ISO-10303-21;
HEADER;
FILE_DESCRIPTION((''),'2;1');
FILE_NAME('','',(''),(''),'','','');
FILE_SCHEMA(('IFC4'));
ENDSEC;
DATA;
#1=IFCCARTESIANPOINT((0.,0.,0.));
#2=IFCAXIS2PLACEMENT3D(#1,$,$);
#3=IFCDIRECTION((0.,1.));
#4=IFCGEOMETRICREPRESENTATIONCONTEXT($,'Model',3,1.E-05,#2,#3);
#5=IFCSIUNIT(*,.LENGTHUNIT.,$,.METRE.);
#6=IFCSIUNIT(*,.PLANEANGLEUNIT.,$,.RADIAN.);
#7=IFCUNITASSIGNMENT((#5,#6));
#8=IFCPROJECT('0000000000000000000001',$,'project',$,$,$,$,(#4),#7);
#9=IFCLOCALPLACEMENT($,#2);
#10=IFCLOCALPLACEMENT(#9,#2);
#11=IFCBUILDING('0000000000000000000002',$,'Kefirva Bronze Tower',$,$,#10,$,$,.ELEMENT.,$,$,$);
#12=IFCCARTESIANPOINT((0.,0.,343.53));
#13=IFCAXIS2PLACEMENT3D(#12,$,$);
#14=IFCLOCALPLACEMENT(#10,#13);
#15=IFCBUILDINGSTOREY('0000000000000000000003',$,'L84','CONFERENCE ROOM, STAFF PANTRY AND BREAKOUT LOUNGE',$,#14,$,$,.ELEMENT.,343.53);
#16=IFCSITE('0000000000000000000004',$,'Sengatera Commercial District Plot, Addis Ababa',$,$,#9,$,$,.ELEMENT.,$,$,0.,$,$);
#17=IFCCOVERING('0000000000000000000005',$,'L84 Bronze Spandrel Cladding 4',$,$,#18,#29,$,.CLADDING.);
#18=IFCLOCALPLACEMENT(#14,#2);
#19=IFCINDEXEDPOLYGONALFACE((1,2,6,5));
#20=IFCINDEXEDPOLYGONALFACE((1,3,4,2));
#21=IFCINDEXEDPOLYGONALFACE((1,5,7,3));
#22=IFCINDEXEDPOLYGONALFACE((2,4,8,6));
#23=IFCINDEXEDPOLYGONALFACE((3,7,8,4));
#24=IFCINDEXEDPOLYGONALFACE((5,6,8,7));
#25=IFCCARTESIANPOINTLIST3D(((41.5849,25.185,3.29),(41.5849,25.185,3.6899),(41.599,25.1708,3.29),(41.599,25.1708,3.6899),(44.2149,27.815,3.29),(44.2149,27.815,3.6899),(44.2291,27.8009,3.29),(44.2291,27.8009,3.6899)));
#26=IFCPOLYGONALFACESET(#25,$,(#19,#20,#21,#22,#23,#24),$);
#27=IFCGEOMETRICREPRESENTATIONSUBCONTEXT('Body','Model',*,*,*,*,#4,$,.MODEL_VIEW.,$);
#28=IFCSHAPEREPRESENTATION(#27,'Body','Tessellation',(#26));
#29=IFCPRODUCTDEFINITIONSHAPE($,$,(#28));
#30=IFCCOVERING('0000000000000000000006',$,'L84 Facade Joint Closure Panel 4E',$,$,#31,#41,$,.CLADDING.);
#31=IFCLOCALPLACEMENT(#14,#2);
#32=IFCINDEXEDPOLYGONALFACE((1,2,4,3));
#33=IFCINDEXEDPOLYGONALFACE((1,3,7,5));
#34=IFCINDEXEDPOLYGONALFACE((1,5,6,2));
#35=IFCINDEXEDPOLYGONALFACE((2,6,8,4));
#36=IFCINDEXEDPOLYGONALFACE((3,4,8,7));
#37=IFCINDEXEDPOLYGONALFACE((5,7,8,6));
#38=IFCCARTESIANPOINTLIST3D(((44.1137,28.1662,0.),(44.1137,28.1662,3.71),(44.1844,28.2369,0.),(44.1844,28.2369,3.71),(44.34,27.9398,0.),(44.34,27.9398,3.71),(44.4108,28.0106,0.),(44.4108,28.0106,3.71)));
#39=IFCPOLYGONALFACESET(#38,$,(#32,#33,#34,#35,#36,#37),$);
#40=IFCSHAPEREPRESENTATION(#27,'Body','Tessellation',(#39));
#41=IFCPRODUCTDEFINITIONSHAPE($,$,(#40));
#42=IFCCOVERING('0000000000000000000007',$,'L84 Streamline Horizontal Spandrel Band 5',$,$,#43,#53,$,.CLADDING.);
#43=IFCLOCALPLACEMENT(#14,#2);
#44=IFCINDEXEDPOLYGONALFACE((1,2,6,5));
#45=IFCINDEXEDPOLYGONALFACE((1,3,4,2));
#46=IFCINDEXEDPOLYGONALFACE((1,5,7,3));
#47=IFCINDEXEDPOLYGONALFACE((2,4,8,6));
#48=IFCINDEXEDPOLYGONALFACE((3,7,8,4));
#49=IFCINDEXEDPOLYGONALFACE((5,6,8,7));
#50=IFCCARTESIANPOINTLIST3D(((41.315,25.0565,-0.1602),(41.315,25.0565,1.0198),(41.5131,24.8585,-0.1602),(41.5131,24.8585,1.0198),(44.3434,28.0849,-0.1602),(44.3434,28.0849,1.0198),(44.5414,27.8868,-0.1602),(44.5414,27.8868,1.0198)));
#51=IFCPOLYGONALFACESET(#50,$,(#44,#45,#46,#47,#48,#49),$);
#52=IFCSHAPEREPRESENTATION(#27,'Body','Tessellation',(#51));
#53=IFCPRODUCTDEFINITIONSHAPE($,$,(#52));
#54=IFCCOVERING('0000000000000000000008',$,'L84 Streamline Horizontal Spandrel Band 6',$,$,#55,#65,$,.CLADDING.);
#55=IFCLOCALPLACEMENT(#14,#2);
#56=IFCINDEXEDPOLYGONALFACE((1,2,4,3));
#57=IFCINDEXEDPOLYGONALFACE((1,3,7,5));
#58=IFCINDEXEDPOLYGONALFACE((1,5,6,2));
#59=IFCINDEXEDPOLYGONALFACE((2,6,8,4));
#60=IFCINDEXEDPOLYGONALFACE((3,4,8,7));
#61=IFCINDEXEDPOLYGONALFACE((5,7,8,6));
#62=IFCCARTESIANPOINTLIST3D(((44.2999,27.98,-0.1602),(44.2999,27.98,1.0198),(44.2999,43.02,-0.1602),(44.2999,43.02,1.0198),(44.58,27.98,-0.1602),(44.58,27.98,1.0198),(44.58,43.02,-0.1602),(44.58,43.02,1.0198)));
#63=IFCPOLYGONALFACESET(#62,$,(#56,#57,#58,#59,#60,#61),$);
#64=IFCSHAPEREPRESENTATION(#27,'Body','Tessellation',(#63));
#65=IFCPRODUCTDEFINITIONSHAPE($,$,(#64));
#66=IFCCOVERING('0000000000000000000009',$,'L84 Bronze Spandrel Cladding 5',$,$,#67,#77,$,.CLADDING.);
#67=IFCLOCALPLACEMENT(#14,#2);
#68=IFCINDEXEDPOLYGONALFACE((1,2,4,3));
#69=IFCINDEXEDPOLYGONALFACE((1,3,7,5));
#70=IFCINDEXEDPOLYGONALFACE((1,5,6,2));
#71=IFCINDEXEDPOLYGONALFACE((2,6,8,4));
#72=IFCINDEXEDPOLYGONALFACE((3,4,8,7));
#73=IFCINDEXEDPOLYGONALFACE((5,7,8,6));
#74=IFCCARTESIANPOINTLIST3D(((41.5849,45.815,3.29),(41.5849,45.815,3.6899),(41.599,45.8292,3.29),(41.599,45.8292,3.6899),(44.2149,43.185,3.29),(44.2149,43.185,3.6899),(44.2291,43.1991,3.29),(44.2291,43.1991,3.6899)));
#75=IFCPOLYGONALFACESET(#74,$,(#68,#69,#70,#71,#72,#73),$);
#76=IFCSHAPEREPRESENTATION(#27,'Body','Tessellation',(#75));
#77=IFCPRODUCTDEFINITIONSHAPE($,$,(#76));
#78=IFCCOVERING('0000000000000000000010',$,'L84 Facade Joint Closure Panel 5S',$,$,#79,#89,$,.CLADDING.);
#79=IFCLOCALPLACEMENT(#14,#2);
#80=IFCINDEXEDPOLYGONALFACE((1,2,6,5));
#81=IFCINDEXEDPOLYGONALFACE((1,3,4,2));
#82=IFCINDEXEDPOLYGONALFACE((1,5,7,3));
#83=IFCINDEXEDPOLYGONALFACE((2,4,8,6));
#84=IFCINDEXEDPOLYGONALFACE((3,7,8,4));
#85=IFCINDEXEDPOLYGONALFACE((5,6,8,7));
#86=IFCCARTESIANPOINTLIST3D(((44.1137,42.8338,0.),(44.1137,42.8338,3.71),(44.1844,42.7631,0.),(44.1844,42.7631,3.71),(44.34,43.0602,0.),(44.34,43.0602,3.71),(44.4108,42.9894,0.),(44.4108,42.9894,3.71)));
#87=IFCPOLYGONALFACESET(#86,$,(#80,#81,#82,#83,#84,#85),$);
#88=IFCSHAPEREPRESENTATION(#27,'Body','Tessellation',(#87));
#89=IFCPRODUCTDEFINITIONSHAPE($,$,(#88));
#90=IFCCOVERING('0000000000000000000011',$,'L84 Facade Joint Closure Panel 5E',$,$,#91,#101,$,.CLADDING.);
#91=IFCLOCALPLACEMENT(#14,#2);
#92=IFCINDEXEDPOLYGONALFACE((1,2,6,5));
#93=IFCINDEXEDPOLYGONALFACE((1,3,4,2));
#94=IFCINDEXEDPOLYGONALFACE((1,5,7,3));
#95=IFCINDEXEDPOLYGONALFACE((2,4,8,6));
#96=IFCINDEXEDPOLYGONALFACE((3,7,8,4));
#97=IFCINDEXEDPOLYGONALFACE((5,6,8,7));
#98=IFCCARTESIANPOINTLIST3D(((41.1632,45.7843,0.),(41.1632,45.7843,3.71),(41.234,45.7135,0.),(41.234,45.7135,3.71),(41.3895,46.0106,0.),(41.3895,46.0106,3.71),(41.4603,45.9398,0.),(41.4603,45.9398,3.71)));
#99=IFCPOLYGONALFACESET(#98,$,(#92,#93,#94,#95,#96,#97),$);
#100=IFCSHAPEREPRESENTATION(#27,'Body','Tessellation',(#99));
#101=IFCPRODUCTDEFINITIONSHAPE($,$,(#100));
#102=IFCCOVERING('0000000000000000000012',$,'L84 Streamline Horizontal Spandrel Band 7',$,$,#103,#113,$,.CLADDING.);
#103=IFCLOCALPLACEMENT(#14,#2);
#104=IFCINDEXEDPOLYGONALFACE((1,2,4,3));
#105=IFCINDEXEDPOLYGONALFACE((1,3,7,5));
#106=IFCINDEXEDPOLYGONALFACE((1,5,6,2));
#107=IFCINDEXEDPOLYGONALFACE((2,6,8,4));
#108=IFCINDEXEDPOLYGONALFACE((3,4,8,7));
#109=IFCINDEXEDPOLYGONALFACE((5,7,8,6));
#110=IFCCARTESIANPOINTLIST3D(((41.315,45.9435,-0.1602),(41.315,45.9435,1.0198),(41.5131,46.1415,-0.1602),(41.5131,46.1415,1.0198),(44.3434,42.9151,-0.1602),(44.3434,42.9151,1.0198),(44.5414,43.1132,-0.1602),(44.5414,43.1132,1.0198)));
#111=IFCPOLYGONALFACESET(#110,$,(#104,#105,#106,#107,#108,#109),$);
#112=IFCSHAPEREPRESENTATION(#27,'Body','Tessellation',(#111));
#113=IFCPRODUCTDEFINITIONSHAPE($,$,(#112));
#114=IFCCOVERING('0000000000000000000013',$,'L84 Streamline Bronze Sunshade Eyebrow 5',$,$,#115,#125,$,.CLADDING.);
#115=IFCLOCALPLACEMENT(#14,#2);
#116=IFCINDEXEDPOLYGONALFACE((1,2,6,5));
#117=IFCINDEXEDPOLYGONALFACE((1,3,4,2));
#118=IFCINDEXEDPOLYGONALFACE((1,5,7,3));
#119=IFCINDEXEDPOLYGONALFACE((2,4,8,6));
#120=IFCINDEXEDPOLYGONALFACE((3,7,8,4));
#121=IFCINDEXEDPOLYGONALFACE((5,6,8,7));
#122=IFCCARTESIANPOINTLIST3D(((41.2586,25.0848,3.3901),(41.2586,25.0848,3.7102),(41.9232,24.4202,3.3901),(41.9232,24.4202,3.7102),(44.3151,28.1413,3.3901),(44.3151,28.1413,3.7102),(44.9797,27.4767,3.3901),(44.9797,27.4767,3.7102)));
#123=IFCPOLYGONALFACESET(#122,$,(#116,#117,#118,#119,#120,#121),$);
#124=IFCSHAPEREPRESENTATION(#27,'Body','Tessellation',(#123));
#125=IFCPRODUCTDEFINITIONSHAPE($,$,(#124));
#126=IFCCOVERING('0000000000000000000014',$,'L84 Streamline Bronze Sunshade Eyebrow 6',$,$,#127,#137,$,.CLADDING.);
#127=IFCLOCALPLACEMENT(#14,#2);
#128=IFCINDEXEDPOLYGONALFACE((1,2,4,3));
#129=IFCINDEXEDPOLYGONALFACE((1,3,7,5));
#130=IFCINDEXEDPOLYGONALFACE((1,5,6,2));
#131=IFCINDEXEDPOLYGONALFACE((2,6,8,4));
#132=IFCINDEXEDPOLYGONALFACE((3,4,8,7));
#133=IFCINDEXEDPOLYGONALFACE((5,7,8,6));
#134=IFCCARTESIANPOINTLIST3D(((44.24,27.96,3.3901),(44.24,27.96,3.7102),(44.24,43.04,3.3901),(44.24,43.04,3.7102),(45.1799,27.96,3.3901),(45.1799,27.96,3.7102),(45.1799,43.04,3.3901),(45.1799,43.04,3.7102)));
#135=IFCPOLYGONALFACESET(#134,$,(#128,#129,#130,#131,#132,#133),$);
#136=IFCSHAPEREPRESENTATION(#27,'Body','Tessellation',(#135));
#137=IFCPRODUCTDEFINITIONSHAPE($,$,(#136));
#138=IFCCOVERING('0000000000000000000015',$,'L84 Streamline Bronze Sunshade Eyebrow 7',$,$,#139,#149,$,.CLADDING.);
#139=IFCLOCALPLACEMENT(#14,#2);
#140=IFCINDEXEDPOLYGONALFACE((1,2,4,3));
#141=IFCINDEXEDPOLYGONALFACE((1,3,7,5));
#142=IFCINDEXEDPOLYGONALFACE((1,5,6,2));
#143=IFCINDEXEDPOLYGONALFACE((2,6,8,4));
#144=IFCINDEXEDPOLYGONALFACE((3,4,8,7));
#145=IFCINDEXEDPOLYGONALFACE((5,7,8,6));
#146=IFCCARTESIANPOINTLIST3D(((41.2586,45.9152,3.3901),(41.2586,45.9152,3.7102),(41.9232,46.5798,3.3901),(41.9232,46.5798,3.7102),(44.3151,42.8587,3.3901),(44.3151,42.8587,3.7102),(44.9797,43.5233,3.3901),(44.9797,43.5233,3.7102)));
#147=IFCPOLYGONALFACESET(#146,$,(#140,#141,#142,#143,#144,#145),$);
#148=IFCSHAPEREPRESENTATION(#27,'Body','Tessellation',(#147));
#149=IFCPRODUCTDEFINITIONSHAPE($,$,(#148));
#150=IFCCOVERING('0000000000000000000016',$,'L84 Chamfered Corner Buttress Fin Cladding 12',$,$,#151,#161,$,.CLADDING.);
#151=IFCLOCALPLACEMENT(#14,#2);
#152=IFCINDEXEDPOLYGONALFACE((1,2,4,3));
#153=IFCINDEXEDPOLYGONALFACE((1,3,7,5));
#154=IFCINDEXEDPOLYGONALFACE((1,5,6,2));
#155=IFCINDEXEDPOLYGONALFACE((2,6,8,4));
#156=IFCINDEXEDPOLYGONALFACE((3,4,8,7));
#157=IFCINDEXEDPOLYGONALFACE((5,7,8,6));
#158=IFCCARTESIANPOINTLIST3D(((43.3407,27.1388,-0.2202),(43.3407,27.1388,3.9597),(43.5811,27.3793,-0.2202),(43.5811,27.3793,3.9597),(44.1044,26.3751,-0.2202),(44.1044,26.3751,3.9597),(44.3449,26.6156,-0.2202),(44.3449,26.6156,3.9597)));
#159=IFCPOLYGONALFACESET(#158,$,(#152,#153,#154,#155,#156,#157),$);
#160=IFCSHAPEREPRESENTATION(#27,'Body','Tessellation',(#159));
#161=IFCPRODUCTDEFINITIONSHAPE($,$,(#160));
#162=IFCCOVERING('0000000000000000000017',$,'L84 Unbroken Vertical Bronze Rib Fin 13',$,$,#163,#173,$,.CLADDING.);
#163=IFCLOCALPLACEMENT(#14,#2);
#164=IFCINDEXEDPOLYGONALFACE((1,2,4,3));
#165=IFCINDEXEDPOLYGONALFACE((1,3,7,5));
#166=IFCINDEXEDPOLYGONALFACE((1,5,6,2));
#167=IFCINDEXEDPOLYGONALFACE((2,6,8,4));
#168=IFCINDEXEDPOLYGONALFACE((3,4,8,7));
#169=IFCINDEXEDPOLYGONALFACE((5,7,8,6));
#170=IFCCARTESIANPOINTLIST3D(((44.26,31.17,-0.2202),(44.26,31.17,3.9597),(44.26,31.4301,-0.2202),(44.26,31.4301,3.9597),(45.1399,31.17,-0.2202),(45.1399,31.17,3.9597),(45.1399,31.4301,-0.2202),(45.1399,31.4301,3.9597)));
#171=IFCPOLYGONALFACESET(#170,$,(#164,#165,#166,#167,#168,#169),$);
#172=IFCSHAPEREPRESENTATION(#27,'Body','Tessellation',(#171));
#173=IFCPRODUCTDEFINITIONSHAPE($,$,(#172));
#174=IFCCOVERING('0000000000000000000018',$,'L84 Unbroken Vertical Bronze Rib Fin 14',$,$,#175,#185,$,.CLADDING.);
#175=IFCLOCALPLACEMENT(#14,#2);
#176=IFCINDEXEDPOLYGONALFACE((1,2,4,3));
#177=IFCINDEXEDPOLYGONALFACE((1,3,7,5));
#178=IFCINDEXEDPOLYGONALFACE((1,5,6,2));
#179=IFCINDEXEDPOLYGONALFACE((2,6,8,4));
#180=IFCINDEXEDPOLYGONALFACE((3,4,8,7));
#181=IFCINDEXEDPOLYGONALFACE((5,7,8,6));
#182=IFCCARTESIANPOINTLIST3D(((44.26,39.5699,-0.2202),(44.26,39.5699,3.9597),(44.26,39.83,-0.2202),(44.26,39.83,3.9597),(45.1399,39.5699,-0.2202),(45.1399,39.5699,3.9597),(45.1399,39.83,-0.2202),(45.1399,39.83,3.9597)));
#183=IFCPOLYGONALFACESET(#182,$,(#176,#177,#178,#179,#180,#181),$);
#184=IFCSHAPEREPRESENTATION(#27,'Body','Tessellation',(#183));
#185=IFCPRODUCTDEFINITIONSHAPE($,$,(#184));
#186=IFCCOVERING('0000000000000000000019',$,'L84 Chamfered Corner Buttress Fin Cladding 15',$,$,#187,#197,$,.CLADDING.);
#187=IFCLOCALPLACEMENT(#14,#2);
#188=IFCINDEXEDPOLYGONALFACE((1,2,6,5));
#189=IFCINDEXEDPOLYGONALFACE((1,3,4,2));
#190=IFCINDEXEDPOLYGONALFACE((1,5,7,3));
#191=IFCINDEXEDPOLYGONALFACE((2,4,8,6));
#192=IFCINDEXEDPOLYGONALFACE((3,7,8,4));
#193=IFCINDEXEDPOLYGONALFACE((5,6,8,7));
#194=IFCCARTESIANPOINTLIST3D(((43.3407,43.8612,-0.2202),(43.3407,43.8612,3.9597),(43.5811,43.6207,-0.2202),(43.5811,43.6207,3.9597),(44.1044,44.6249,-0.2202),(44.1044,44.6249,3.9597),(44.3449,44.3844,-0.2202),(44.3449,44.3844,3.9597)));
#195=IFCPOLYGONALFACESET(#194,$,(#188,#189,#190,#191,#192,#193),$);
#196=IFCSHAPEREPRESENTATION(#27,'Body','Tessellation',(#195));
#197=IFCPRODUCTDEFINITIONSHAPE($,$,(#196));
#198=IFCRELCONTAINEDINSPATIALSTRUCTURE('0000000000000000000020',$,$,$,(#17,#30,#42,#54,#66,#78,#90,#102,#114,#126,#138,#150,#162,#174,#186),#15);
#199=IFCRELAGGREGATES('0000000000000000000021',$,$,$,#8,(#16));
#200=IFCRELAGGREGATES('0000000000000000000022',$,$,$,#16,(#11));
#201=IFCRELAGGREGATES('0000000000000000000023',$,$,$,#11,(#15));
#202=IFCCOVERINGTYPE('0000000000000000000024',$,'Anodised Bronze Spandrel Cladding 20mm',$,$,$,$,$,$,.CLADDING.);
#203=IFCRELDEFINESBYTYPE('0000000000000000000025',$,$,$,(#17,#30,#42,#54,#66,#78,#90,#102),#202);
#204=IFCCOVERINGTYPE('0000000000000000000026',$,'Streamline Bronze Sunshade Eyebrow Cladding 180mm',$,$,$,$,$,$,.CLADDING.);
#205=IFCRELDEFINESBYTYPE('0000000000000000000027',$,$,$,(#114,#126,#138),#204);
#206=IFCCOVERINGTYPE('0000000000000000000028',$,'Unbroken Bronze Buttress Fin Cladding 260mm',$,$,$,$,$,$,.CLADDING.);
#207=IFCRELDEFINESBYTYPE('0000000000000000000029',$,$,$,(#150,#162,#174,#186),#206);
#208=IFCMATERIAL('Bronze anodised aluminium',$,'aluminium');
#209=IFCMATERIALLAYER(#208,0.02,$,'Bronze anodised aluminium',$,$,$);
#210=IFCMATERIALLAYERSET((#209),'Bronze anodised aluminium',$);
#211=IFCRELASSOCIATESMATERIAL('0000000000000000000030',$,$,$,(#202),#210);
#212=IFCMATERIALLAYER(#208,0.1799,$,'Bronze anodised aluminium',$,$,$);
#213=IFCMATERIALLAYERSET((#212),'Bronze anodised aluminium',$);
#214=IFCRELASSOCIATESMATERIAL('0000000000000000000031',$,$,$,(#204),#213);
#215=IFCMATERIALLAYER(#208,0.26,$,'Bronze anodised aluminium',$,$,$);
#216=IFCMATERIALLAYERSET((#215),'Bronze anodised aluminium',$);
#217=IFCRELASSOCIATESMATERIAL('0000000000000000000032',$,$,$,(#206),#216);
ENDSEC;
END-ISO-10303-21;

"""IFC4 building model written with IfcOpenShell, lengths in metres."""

from ifc_helpers import new_model, si_unit, direction, frame, origin, origin_2d, place, context, subcontext, project, spatial, rectangle, extrude, material, layer, layer_set, type_object, element, save


model = new_model("IFC4")

# Units and contexts
model_context = context("Model", 3, precision=1e-05, world=origin(), true_north=direction((0.0, 1.0)))
body_context = subcontext(model_context, "Body", "Model", "MODEL_VIEW")
ifc_project = project(units=[si_unit("LENGTHUNIT", "METRE"), si_unit("PLANEANGLEUNIT", "RADIAN")], contexts=[model_context])

# Site, building, storey
site_placement = place(None, origin())
site = spatial("IfcSite", under=ifc_project, at=site_placement, Name="Sengatera Commercial District Plot, Addis Ababa", CompositionType="ELEMENT", RefElevation=0.0)
building_placement = place(site_placement, origin())
building = spatial("IfcBuilding", under=site, at=building_placement, Name="Kefirva Bronze Tower", CompositionType="ELEMENT")
storey_placement = place(building_placement, frame((0.0, 0.0, 343.53)))
storey = spatial("IfcBuildingStorey", under=building, at=storey_placement, Name="L84", Description="CONFERENCE ROOM, STAFF PANTRY AND BREAKOUT LOUNGE", CompositionType="ELEMENT", Elevation=343.53)

# Shared definitions
ifc_material_1 = material(Name="Bronze anodised aluminium", Category="aluminium")

# Coverings
ifc_layer_1 = layer(ifc_material_1, 0.02, Name="Bronze anodised aluminium")
ifc_layer_set_1 = layer_set([ifc_layer_1], Name="Bronze anodised aluminium")
covering_type_1 = type_object("IfcCoveringType", Name="Anodised Bronze Spandrel Cladding 20mm", PredefinedType="CLADDING", material=ifc_layer_set_1)
covering_1_placement = place(storey_placement, frame((42.907, 26.4929, 3.29), z_axis=(0.0, 0.0, 1.0), x_axis=(0.707107, 0.707107, 0.0)))
element("IfcCovering", 1, at=covering_1_placement, inside=storey, type_object=covering_type_1, Name="L84 Bronze Spandrel Cladding 4", PredefinedType="CLADDING", context=body_context, shape_type="SweptSolid", body=[
    extrude(rectangle(XDim=3.7195, YDim=0.02, at=origin_2d()), origin(), (0.0, 0.0, 1.0), 0.3999),
])
covering_2_placement = place(storey_placement, frame((44.2622, 28.0884, 0.0), z_axis=(0.0, 0.0, 1.0), x_axis=(0.707107, 0.707107, 0.0)))
element("IfcCovering", 2, at=covering_2_placement, inside=storey, type_object=covering_type_1, Name="L84 Facade Joint Closure Panel 4E", PredefinedType="CLADDING", context=body_context, shape_type="SweptSolid", body=[
    extrude(rectangle(XDim=0.1001, YDim=0.3201, at=origin_2d()), origin(), (0.0, 0.0, 1.0), 3.71),
])
covering_3_placement = place(storey_placement, frame((42.9282, 26.4717, -0.1602), z_axis=(0.0, 0.0, 1.0), x_axis=(0.707107, 0.707107, 0.0)))
element("IfcCovering", 3, at=covering_3_placement, inside=storey, type_object=covering_type_1, Name="L84 Streamline Horizontal Spandrel Band 5", PredefinedType="CLADDING", context=body_context, shape_type="SweptSolid", body=[
    extrude(rectangle(XDim=4.2827, YDim=0.28, at=origin_2d()), origin(), (0.0, 0.0, 1.0), 1.1799),
])
covering_4_placement = place(storey_placement, frame((44.4399, 35.5, -0.1602), z_axis=(0.0, 0.0, 1.0), x_axis=(0.0, 1.0, 0.0)))
element("IfcCovering", 4, at=covering_4_placement, inside=storey, type_object=covering_type_1, Name="L84 Streamline Horizontal Spandrel Band 6", PredefinedType="CLADDING", context=body_context, shape_type="SweptSolid", body=[
    extrude(rectangle(XDim=15.04, YDim=0.28, at=origin_2d()), origin(), (0.0, 0.0, 1.0), 1.1799),
])
covering_5_placement = place(storey_placement, frame((42.907, 44.5071, 3.29), z_axis=(0.0, 0.0, 1.0), x_axis=(-0.707107, 0.707107, 0.0)))
element("IfcCovering", 5, at=covering_5_placement, inside=storey, type_object=covering_type_1, Name="L84 Bronze Spandrel Cladding 5", PredefinedType="CLADDING", context=body_context, shape_type="SweptSolid", body=[
    extrude(rectangle(XDim=3.7195, YDim=0.02, at=origin_2d()), origin(), (0.0, 0.0, 1.0), 0.3999),
])
for number, where, z_axis, x_axis, name in (
    (6, (44.2622, 42.9116, 0.0), (0.0, 0.0, 1.0), (-0.707107, 0.707107, 0.0), "L84 Facade Joint Closure Panel 5S"),
    (7, (41.3118, 45.8621, 0.0), (0.0, 0.0, 1.0), (-0.707107, 0.707107, 0.0), "L84 Facade Joint Closure Panel 5E"),
):
    element("IfcCovering", number, at=place(storey_placement, frame(where, z_axis=z_axis, x_axis=x_axis)), inside=storey, type_object=covering_type_1, Name=name, PredefinedType="CLADDING", context=body_context, shape_type="SweptSolid", body=[
        extrude(rectangle(XDim=0.1001, YDim=0.3201, at=origin_2d()), origin(), (0.0, 0.0, 1.0), 3.71),
    ])
covering_6_placement = place(storey_placement, frame((42.9282, 44.5283, -0.1602), z_axis=(0.0, 0.0, 1.0), x_axis=(-0.707107, 0.707107, 0.0)))
element("IfcCovering", 8, at=covering_6_placement, inside=storey, type_object=covering_type_1, Name="L84 Streamline Horizontal Spandrel Band 7", PredefinedType="CLADDING", context=body_context, shape_type="SweptSolid", body=[
    extrude(rectangle(XDim=4.2827, YDim=0.28, at=origin_2d()), origin(), (0.0, 0.0, 1.0), 1.1799),
])
ifc_layer_2 = layer(ifc_material_1, 0.1799, Name="Bronze anodised aluminium")
ifc_layer_set_2 = layer_set([ifc_layer_2], Name="Bronze anodised aluminium")
covering_type_2 = type_object("IfcCoveringType", Name="Streamline Bronze Sunshade Eyebrow Cladding 180mm", PredefinedType="CLADDING", material=ifc_layer_set_2)
covering_7_placement = place(storey_placement, frame((43.1191, 26.2808, 3.3901), z_axis=(0.0, 0.0, 1.0), x_axis=(0.707107, 0.707107, 0.0)))
element("IfcCovering", 9, at=covering_7_placement, inside=storey, type_object=covering_type_2, Name="L84 Streamline Bronze Sunshade Eyebrow 5", PredefinedType="CLADDING", context=body_context, shape_type="SweptSolid", body=[
    extrude(rectangle(XDim=4.3225, YDim=0.9399, at=origin_2d()), origin(), (0.0, 0.0, 1.0), 0.3201),
])
covering_8_placement = place(storey_placement, frame((44.71, 35.5, 3.3901), z_axis=(0.0, 0.0, 1.0), x_axis=(0.0, 1.0, 0.0)))
element("IfcCovering", 10, at=covering_8_placement, inside=storey, type_object=covering_type_2, Name="L84 Streamline Bronze Sunshade Eyebrow 6", PredefinedType="CLADDING", context=body_context, shape_type="SweptSolid", body=[
    extrude(rectangle(XDim=15.0801, YDim=0.9399, at=origin_2d()), origin(), (0.0, 0.0, 1.0), 0.3201),
])
covering_9_placement = place(storey_placement, frame((43.1191, 44.7192, 3.3901), z_axis=(0.0, 0.0, 1.0), x_axis=(-0.707107, 0.707107, 0.0)))
element("IfcCovering", 11, at=covering_9_placement, inside=storey, type_object=covering_type_2, Name="L84 Streamline Bronze Sunshade Eyebrow 7", PredefinedType="CLADDING", context=body_context, shape_type="SweptSolid", body=[
    extrude(rectangle(XDim=4.3225, YDim=0.9399, at=origin_2d()), origin(), (0.0, 0.0, 1.0), 0.3201),
])
ifc_layer_3 = layer(ifc_material_1, 0.26, Name="Bronze anodised aluminium")
ifc_layer_set_3 = layer_set([ifc_layer_3], Name="Bronze anodised aluminium")
covering_type_3 = type_object("IfcCoveringType", Name="Unbroken Bronze Buttress Fin Cladding 260mm", PredefinedType="CLADDING", material=ifc_layer_set_3)
covering_10_placement = place(storey_placement, frame((43.8428, 26.8772, -0.2202), z_axis=(0.0, 0.0, 1.0), x_axis=(0.707107, 0.707107, 0.0)))
element("IfcCovering", 12, at=covering_10_placement, inside=storey, type_object=covering_type_3, Name="L84 Chamfered Corner Buttress Fin Cladding 12", PredefinedType="CLADDING", context=body_context, shape_type="SweptSolid", body=[
    extrude(rectangle(XDim=0.3401, YDim=1.0801, at=origin_2d()), origin(), (0.0, 0.0, 1.0), 4.1799),
])
for number, where, z_axis, x_axis, name in (
    (13, (44.7, 31.3, -0.2202), (0.0, 0.0, 1.0), (0.0, 1.0, 0.0), "L84 Unbroken Vertical Bronze Rib Fin 13"),
    (14, (44.7, 39.7, -0.2202), (0.0, 0.0, 1.0), (0.0, 1.0, 0.0), "L84 Unbroken Vertical Bronze Rib Fin 14"),
):
    element("IfcCovering", number, at=place(storey_placement, frame(where, z_axis=z_axis, x_axis=x_axis)), inside=storey, type_object=covering_type_3, Name=name, PredefinedType="CLADDING", context=body_context, shape_type="SweptSolid", body=[
        extrude(rectangle(XDim=0.26, YDim=0.8799, at=origin_2d()), origin(), (0.0, 0.0, 1.0), 4.1799),
    ])
for number, where, z_axis, x_axis, name in (
    (15, (43.8428, 44.1228, -0.2202), (0.0, 0.0, 1.0), (-0.707107, 0.707107, 0.0), "L84 Chamfered Corner Buttress Fin Cladding 15"),
):
    element("IfcCovering", number, at=place(storey_placement, frame(where, z_axis=z_axis, x_axis=x_axis)), inside=storey, type_object=covering_type_3, Name=name, PredefinedType="CLADDING", context=body_context, shape_type="SweptSolid", body=[
        extrude(rectangle(XDim=0.3401, YDim=1.0801, at=origin_2d()), origin(), (0.0, 0.0, 1.0), 4.1799),
    ])

save(model, "model.ifc")
